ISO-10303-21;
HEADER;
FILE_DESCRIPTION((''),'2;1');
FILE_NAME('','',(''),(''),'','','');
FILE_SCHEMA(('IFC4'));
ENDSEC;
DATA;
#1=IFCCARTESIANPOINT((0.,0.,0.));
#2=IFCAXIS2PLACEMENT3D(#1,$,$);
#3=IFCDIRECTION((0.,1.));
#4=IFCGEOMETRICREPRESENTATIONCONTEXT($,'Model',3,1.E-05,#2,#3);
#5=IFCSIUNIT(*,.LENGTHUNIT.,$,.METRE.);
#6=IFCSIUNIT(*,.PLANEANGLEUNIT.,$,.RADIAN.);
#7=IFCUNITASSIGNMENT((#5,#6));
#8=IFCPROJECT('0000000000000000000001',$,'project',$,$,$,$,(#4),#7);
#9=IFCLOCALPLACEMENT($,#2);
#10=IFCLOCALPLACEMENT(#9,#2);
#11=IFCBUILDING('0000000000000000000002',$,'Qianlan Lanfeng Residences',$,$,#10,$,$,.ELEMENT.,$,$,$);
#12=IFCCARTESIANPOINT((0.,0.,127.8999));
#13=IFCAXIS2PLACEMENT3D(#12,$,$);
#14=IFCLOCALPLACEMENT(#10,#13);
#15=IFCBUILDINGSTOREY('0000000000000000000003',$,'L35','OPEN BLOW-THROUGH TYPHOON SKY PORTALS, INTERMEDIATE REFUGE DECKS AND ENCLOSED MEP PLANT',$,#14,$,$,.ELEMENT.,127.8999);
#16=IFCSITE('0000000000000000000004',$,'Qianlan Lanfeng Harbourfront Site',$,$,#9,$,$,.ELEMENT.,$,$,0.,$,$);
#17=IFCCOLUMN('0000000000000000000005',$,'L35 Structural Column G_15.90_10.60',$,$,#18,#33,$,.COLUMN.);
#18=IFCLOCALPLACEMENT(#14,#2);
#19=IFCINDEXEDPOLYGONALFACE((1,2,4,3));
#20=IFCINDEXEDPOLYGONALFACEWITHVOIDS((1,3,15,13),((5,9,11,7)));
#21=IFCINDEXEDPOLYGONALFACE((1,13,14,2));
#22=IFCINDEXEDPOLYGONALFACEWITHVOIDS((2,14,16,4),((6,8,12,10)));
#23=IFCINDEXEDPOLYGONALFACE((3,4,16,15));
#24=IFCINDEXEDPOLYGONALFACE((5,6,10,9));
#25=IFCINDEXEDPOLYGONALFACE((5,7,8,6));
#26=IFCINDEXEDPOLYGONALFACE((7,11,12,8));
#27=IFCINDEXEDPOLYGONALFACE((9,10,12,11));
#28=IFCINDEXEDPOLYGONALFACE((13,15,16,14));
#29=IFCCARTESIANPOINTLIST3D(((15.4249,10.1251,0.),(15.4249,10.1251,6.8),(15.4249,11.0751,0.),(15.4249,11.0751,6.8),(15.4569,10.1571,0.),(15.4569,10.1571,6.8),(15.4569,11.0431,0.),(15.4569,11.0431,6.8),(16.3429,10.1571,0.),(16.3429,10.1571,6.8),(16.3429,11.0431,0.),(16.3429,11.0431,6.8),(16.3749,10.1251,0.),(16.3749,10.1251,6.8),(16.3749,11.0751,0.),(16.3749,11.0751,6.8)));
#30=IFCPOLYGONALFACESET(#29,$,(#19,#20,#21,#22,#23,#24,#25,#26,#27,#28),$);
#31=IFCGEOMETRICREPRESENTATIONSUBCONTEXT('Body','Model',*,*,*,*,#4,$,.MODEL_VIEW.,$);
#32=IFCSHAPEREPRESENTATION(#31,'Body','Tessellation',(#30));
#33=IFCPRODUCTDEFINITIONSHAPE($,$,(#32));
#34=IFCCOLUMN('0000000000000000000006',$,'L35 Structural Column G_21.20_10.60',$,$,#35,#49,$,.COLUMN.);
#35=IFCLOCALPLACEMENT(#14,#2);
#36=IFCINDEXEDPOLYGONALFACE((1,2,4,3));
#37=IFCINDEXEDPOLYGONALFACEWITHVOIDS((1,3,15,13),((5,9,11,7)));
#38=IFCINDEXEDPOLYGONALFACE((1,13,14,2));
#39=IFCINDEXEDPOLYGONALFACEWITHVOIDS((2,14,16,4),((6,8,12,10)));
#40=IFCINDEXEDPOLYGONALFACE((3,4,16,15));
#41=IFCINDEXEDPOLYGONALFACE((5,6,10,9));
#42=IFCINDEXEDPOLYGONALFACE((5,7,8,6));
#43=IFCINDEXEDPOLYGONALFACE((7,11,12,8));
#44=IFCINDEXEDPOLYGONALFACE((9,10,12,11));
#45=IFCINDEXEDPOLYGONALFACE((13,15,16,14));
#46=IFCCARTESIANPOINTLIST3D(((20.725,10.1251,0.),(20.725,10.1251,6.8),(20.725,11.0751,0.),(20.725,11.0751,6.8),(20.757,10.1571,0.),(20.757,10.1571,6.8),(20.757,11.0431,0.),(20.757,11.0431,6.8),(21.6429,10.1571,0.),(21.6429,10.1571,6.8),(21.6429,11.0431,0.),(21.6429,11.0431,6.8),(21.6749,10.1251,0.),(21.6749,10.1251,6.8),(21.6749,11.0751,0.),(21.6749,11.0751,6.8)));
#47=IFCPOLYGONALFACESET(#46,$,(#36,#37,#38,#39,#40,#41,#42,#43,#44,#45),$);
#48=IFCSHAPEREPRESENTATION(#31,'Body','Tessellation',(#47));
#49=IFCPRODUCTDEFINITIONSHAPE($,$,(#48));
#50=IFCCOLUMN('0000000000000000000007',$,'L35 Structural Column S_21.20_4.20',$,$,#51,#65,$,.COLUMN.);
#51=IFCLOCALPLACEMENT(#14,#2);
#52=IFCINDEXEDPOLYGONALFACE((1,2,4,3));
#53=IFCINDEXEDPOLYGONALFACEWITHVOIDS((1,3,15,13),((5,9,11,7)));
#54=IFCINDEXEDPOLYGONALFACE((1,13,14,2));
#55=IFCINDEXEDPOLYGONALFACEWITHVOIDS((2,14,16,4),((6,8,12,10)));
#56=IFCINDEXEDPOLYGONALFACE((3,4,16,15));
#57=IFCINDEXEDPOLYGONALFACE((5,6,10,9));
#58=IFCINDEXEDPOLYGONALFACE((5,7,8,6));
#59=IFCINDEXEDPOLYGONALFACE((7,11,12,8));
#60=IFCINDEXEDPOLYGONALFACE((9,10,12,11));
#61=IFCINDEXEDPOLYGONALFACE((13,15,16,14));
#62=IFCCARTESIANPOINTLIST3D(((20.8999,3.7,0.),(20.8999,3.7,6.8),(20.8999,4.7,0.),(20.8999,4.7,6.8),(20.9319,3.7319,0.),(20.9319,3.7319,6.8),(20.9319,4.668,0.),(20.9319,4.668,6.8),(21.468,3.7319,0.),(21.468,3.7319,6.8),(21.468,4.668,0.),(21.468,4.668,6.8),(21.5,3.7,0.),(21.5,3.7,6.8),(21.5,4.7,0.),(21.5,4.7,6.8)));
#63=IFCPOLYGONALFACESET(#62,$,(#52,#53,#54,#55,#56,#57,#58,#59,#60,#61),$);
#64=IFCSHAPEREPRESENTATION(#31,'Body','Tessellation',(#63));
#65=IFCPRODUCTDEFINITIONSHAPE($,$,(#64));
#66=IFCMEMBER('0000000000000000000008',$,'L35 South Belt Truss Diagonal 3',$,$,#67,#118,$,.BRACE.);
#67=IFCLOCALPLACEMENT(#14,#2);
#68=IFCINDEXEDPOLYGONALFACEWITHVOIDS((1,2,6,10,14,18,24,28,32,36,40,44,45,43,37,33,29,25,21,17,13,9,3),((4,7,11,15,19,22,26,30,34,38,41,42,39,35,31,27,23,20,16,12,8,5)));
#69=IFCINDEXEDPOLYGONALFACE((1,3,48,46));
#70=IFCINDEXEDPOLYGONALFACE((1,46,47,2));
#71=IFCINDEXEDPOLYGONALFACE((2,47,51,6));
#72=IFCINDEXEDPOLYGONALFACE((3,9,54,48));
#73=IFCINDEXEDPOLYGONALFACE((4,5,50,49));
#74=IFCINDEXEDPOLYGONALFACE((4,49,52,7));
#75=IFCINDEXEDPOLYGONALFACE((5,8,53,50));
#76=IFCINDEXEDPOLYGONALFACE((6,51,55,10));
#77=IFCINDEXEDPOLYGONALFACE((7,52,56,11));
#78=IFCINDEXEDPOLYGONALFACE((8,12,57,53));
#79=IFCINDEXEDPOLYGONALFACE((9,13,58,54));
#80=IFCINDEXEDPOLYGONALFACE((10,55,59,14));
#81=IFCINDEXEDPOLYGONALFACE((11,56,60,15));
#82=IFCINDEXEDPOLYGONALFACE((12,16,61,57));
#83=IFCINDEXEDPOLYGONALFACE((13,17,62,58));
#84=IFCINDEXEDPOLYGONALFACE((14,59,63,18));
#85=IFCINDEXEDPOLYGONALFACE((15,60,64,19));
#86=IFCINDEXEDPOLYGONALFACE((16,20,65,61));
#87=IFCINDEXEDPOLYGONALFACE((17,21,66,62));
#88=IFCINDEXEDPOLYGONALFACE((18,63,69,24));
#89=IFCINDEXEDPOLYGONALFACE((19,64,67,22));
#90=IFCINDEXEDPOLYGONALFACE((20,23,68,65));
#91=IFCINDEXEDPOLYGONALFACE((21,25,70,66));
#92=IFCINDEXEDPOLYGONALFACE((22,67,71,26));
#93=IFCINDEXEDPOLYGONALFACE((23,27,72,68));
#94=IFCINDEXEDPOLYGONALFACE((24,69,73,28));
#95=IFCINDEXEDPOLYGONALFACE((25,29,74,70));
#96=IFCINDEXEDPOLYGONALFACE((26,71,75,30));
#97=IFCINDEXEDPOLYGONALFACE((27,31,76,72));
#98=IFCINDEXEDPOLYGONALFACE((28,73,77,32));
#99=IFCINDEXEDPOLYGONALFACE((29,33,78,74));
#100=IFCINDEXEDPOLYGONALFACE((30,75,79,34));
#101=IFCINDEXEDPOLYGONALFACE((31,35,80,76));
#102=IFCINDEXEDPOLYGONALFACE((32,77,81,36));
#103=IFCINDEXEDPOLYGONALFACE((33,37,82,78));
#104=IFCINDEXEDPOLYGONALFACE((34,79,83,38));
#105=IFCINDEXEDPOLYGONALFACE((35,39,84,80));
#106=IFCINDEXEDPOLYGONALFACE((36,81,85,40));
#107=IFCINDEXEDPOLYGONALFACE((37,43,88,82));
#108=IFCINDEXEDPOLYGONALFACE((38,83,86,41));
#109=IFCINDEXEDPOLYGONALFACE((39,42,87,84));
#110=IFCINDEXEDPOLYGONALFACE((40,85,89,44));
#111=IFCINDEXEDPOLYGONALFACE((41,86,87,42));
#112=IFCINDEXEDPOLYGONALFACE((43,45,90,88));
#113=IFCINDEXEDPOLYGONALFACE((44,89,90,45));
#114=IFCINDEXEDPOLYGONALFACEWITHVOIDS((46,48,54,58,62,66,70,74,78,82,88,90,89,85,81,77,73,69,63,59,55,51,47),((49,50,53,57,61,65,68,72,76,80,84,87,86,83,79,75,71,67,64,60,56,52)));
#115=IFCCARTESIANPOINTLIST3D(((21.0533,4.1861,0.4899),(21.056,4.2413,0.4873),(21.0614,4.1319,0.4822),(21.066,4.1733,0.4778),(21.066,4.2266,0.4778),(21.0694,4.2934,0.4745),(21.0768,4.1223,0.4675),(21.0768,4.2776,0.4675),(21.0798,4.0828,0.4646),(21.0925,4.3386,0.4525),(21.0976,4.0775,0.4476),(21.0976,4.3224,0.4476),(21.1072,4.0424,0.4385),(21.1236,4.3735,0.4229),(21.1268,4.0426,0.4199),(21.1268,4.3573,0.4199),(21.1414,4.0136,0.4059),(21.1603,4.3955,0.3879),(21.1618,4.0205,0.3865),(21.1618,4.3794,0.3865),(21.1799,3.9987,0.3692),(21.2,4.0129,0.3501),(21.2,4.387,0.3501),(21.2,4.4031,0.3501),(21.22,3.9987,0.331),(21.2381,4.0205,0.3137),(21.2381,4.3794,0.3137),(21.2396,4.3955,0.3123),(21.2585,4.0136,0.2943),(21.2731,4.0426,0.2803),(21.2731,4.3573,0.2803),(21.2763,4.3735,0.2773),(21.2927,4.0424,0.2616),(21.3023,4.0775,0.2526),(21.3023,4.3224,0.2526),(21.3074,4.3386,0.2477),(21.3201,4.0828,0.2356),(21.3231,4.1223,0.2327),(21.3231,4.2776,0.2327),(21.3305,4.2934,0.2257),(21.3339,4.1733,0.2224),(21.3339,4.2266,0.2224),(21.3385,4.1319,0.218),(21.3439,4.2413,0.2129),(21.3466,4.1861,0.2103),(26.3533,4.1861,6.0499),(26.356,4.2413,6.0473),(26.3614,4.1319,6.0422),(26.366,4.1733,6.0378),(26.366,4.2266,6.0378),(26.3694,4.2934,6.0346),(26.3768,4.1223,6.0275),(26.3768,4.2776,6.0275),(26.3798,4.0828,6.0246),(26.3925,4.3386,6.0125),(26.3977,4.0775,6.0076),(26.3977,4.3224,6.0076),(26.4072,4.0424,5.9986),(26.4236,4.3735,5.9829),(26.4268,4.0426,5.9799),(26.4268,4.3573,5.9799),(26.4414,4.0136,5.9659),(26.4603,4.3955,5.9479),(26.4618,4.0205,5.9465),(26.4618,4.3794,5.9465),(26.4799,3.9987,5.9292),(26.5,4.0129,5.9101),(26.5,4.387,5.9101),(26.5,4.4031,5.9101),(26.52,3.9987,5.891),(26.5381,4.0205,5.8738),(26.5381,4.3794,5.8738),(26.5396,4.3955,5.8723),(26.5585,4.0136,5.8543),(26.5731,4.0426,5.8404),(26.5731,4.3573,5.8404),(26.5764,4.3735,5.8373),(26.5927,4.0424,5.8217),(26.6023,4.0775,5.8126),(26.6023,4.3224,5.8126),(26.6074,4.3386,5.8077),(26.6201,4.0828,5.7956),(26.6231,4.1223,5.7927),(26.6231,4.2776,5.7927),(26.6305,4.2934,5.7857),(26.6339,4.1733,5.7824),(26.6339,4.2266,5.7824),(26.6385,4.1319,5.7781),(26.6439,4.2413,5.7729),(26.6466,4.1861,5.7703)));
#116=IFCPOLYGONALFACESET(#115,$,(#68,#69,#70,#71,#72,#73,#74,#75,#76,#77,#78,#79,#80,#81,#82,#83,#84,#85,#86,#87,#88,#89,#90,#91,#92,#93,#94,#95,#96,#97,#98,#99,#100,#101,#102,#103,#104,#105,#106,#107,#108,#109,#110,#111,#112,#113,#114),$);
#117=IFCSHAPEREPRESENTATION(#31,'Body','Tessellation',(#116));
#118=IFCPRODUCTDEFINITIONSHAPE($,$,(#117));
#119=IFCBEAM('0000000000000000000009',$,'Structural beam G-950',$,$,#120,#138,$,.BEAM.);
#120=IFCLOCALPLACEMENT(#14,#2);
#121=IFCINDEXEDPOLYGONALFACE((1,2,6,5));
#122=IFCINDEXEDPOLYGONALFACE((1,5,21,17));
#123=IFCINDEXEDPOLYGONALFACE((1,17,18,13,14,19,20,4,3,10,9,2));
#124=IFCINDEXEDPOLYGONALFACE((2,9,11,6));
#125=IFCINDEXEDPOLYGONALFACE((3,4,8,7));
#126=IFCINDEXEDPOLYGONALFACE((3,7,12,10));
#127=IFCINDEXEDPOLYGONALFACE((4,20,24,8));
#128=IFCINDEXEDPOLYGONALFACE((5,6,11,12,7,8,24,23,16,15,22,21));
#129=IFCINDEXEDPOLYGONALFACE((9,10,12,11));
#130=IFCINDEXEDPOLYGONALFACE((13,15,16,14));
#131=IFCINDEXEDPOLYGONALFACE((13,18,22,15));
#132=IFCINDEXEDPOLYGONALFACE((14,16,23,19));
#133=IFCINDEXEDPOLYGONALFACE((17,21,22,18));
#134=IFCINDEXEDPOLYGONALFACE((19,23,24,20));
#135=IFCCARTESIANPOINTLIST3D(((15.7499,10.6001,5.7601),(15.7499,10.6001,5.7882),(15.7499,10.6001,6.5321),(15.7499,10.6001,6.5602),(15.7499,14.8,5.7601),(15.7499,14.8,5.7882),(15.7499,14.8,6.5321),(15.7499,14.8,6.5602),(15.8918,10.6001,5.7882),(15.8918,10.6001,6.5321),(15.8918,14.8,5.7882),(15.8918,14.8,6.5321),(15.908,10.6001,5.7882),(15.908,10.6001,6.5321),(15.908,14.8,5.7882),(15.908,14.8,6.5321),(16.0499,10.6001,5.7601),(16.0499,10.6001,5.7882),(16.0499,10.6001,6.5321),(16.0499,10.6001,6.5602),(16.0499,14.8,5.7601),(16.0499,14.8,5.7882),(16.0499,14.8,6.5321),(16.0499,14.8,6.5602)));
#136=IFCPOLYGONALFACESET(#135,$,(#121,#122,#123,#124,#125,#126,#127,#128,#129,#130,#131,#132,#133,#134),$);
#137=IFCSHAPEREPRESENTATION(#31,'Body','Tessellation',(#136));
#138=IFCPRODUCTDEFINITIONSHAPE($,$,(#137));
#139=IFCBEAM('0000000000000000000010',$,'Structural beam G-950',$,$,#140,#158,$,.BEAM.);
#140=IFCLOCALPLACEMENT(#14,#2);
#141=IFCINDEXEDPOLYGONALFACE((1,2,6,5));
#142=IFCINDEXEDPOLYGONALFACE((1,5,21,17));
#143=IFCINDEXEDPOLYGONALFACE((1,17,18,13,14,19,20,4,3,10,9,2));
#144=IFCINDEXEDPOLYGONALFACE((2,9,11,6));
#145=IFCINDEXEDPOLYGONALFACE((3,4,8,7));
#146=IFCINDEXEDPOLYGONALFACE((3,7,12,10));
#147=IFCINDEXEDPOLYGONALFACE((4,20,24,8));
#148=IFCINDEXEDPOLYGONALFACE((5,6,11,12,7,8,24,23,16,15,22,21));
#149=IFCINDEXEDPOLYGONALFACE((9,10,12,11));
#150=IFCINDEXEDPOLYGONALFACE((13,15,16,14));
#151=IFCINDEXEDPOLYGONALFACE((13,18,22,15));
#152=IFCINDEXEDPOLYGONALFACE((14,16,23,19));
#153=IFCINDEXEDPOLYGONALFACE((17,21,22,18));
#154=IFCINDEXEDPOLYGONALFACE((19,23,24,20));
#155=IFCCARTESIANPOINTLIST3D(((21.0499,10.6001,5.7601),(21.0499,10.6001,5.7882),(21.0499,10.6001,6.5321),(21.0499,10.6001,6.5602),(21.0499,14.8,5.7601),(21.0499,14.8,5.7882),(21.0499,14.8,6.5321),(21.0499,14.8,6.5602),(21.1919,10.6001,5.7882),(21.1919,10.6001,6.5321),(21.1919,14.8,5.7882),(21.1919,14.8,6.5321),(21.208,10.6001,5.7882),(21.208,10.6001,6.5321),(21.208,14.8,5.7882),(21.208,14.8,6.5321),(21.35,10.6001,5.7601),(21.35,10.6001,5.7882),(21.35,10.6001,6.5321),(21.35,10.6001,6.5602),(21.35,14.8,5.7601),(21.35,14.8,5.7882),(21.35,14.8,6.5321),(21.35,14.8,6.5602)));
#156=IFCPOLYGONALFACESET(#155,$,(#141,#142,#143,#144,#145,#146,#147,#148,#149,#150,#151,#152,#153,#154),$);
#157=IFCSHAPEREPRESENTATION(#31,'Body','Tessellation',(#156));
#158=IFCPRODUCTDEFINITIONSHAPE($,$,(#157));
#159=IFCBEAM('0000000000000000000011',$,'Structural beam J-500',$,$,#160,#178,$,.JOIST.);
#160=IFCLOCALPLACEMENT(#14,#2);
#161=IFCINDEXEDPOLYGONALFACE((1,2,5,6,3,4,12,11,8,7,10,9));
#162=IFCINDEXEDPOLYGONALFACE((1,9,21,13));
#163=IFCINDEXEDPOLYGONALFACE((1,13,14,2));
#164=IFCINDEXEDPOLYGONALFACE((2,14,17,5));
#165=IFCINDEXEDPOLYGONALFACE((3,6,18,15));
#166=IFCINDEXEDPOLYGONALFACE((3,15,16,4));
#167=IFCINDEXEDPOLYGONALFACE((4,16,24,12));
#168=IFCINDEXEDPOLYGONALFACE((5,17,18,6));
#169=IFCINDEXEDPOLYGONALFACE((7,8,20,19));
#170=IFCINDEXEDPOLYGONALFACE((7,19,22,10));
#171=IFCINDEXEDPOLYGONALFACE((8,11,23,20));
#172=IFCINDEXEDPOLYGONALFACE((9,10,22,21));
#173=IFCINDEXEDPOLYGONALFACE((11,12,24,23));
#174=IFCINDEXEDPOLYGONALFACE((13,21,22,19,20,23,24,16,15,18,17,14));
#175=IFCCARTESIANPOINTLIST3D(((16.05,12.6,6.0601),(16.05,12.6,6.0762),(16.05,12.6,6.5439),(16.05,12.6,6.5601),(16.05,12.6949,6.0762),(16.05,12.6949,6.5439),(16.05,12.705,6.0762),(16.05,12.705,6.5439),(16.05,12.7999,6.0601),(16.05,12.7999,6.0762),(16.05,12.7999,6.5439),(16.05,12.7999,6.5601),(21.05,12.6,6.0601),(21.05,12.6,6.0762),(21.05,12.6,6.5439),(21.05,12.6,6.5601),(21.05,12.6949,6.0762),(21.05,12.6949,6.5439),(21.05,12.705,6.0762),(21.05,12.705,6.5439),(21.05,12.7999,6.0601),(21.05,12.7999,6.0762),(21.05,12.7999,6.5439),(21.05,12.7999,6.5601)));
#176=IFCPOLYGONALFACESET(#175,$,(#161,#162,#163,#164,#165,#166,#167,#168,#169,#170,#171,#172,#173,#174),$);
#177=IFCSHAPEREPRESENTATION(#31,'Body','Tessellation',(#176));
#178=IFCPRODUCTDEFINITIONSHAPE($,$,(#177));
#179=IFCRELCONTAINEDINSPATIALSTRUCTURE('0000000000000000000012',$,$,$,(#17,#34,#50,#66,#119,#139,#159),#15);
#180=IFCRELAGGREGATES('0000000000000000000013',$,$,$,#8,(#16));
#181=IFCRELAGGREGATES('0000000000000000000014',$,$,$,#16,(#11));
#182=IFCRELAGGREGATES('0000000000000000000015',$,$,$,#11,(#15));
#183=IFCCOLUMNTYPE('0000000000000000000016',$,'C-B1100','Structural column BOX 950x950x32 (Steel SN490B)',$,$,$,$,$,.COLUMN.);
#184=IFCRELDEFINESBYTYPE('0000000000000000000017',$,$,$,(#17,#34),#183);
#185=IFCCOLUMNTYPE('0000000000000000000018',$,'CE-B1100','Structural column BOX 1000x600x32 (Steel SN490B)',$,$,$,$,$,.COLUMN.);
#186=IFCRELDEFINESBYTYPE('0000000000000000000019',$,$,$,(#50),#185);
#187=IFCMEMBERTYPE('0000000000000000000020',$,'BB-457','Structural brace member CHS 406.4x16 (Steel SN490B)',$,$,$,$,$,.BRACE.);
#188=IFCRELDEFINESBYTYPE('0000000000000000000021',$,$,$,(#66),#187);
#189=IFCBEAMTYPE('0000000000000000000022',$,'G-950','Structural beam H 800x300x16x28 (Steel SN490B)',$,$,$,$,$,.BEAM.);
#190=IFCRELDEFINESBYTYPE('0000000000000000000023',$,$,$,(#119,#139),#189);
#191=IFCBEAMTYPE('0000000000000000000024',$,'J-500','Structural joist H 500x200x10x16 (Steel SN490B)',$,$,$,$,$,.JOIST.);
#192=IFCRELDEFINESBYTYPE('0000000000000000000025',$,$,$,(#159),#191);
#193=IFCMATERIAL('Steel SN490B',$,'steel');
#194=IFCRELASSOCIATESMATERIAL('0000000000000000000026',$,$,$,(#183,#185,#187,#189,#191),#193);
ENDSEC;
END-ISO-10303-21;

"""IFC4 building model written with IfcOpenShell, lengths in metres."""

from ifc_helpers import new_model, si_unit, direction, frame, origin, origin_2d, place, context, subcontext, project, spatial, hollow_rectangle, hollow_circle, i_section, extrude, material, material_profile, profile_set, type_object, element, save


model = new_model("IFC4")

# Units and contexts
model_context = context("Model", 3, precision=1e-05, world=origin(), true_north=direction((0.0, 1.0)))
body_context = subcontext(model_context, "Body", "Model", "MODEL_VIEW")
ifc_project = project(units=[si_unit("LENGTHUNIT", "METRE"), si_unit("PLANEANGLEUNIT", "RADIAN")], contexts=[model_context])

# Site, building, storey
site_placement = place(None, origin())
site = spatial("IfcSite", under=ifc_project, at=site_placement, Name="Qianlan Lanfeng Harbourfront Site", CompositionType="ELEMENT", RefElevation=0.0)
building_placement = place(site_placement, origin())
building = spatial("IfcBuilding", under=site, at=building_placement, Name="Qianlan Lanfeng Residences", CompositionType="ELEMENT")
storey_placement = place(building_placement, frame((0.0, 0.0, 127.8999)))
storey = spatial("IfcBuildingStorey", under=building, at=storey_placement, Name="L35", Description="OPEN BLOW-THROUGH TYPHOON SKY PORTALS, INTERMEDIATE REFUGE DECKS AND ENCLOSED MEP PLANT", CompositionType="ELEMENT", Elevation=127.8999)

# Columns
ifc_material_1 = material(Name="Steel SN490B", Category="steel")
ifc_material_profile_1 = material_profile(ifc_material_1, hollow_rectangle(XDim=0.95, YDim=0.95, WallThickness=0.032, at=origin_2d()), Name="BOX 950x950x32")
ifc_profile_set_1 = profile_set([ifc_material_profile_1], Name="Steel SN490B")
column_type_1 = type_object("IfcColumnType", Name="C-B1100", Description="Structural column BOX 950x950x32 (Steel SN490B)", PredefinedType="COLUMN", material=ifc_profile_set_1)
for number, where, z_axis, x_axis, name in (
    (1, (15.8999, 10.6001, 0.0), (0.0, 0.0, 1.0), (1.0, 0.0, 0.0), "L35 Structural Column G_15.90_10.60"),
    (2, (21.2, 10.6001, 0.0), (0.0, 0.0, 1.0), (1.0, 0.0, 0.0), "L35 Structural Column G_21.20_10.60"),
):
    element("IfcColumn", number, at=place(storey_placement, frame(where, z_axis=z_axis, x_axis=x_axis)), inside=storey, type_object=column_type_1, Name=name, PredefinedType="COLUMN", context=body_context, shape_type="SweptSolid", body=[
        extrude(hollow_rectangle(XDim=0.95, YDim=0.95, WallThickness=0.032, at=origin_2d()), origin(), (0.0, 0.0, 1.0), 6.8),
    ])
ifc_material_profile_2 = material_profile(ifc_material_1, hollow_rectangle(XDim=0.6001, YDim=1.0, WallThickness=0.032, at=origin_2d()), Name="BOX 1000x600x32")
ifc_profile_set_2 = profile_set([ifc_material_profile_2], Name="Steel SN490B")
column_type_2 = type_object("IfcColumnType", Name="CE-B1100", Description="Structural column BOX 1000x600x32 (Steel SN490B)", PredefinedType="COLUMN", material=ifc_profile_set_2)
column_placement = place(storey_placement, frame((21.2, 4.2, 0.0), z_axis=(0.0, 0.0, 1.0), x_axis=(1.0, 0.0, 0.0)))
element("IfcColumn", 3, at=column_placement, inside=storey, type_object=column_type_2, Name="L35 Structural Column S_21.20_4.20", PredefinedType="COLUMN", context=body_context, shape_type="SweptSolid", body=[
    extrude(hollow_rectangle(XDim=0.6001, YDim=1.0, WallThickness=0.032, at=origin_2d()), origin(), (0.0, 0.0, 1.0), 6.8),
])

# Member
ifc_material_profile_3 = material_profile(ifc_material_1, hollow_circle(Radius=0.2031, WallThickness=0.0161, at=origin_2d()), Name="CHS 406.4x16")
ifc_profile_set_3 = profile_set([ifc_material_profile_3], Name="Steel SN490B")
member_type_1 = type_object("IfcMemberType", Name="BB-457", Description="Structural brace member CHS 406.4x16 (Steel SN490B)", PredefinedType="BRACE", material=ifc_profile_set_3)
member_1_placement = place(storey_placement, frame((21.2, 4.2, 0.3501), z_axis=(0.68998, 0.0, 0.723829), x_axis=(0.0, 1.0, 0.0)))
element("IfcMember", 4, at=member_1_placement, inside=storey, type_object=member_type_1, Name="L35 South Belt Truss Diagonal 3", PredefinedType="BRACE", context=body_context, shape_type="SweptSolid", body=[
    extrude(hollow_circle(Radius=0.2031, WallThickness=0.0161, at=origin_2d()), origin(), (0.0, 0.0, 1.0), 7.6814),
])

# Beams
ifc_material_profile_4 = material_profile(ifc_material_1, i_section(OverallWidth=0.3, OverallDepth=0.8, WebThickness=0.0161, FlangeThickness=0.0281, at=origin_2d()), Name="H 800x300x16x28")
ifc_profile_set_4 = profile_set([ifc_material_profile_4], Name="Steel SN490B")
beam_type_1 = type_object("IfcBeamType", Name="G-950", Description="Structural beam H 800x300x16x28 (Steel SN490B)", PredefinedType="BEAM", material=ifc_profile_set_4)
for number, where, z_axis, x_axis, name in (
    (5, (15.8999, 10.6001, 6.1602), (0.0, 1.0, 0.0), (-1.0, 0.0, 0.0), "Structural beam G-950"),
    (6, (21.2, 10.6001, 6.1602), (0.0, 1.0, 0.0), (-1.0, 0.0, 0.0), "Structural beam G-950"),
):
    element("IfcBeam", number, at=place(storey_placement, frame(where, z_axis=z_axis, x_axis=x_axis)), inside=storey, type_object=beam_type_1, Name=name, PredefinedType="BEAM", context=body_context, shape_type="SweptSolid", body=[
        extrude(i_section(OverallWidth=0.3, OverallDepth=0.8, WebThickness=0.0161, FlangeThickness=0.0281, at=origin_2d()), origin(), (0.0, 0.0, 1.0), 4.2),
    ])
ifc_material_profile_5 = material_profile(ifc_material_1, i_section(OverallWidth=0.2, OverallDepth=0.5, WebThickness=0.01, FlangeThickness=0.0161, at=origin_2d()), Name="H 500x200x10x16")
ifc_profile_set_5 = profile_set([ifc_material_profile_5], Name="Steel SN490B")
beam_type_2 = type_object("IfcBeamType", Name="J-500", Description="Structural joist H 500x200x10x16 (Steel SN490B)", PredefinedType="JOIST", material=ifc_profile_set_5)
for number, where, z_axis, x_axis, name in (
    (7, (16.05, 12.7, 6.3101), (1.0, 0.0, 0.0), (0.0, 1.0, 0.0), "Structural beam J-500"),
):
    element("IfcBeam", number, at=place(storey_placement, frame(where, z_axis=z_axis, x_axis=x_axis)), inside=storey, type_object=beam_type_2, Name=name, PredefinedType="JOIST", context=body_context, shape_type="SweptSolid", body=[
        extrude(i_section(OverallWidth=0.2, OverallDepth=0.5, WebThickness=0.01, FlangeThickness=0.0161, at=origin_2d()), origin(), (0.0, 0.0, 1.0), 5.0),
    ])

save(model, "model.ifc")
